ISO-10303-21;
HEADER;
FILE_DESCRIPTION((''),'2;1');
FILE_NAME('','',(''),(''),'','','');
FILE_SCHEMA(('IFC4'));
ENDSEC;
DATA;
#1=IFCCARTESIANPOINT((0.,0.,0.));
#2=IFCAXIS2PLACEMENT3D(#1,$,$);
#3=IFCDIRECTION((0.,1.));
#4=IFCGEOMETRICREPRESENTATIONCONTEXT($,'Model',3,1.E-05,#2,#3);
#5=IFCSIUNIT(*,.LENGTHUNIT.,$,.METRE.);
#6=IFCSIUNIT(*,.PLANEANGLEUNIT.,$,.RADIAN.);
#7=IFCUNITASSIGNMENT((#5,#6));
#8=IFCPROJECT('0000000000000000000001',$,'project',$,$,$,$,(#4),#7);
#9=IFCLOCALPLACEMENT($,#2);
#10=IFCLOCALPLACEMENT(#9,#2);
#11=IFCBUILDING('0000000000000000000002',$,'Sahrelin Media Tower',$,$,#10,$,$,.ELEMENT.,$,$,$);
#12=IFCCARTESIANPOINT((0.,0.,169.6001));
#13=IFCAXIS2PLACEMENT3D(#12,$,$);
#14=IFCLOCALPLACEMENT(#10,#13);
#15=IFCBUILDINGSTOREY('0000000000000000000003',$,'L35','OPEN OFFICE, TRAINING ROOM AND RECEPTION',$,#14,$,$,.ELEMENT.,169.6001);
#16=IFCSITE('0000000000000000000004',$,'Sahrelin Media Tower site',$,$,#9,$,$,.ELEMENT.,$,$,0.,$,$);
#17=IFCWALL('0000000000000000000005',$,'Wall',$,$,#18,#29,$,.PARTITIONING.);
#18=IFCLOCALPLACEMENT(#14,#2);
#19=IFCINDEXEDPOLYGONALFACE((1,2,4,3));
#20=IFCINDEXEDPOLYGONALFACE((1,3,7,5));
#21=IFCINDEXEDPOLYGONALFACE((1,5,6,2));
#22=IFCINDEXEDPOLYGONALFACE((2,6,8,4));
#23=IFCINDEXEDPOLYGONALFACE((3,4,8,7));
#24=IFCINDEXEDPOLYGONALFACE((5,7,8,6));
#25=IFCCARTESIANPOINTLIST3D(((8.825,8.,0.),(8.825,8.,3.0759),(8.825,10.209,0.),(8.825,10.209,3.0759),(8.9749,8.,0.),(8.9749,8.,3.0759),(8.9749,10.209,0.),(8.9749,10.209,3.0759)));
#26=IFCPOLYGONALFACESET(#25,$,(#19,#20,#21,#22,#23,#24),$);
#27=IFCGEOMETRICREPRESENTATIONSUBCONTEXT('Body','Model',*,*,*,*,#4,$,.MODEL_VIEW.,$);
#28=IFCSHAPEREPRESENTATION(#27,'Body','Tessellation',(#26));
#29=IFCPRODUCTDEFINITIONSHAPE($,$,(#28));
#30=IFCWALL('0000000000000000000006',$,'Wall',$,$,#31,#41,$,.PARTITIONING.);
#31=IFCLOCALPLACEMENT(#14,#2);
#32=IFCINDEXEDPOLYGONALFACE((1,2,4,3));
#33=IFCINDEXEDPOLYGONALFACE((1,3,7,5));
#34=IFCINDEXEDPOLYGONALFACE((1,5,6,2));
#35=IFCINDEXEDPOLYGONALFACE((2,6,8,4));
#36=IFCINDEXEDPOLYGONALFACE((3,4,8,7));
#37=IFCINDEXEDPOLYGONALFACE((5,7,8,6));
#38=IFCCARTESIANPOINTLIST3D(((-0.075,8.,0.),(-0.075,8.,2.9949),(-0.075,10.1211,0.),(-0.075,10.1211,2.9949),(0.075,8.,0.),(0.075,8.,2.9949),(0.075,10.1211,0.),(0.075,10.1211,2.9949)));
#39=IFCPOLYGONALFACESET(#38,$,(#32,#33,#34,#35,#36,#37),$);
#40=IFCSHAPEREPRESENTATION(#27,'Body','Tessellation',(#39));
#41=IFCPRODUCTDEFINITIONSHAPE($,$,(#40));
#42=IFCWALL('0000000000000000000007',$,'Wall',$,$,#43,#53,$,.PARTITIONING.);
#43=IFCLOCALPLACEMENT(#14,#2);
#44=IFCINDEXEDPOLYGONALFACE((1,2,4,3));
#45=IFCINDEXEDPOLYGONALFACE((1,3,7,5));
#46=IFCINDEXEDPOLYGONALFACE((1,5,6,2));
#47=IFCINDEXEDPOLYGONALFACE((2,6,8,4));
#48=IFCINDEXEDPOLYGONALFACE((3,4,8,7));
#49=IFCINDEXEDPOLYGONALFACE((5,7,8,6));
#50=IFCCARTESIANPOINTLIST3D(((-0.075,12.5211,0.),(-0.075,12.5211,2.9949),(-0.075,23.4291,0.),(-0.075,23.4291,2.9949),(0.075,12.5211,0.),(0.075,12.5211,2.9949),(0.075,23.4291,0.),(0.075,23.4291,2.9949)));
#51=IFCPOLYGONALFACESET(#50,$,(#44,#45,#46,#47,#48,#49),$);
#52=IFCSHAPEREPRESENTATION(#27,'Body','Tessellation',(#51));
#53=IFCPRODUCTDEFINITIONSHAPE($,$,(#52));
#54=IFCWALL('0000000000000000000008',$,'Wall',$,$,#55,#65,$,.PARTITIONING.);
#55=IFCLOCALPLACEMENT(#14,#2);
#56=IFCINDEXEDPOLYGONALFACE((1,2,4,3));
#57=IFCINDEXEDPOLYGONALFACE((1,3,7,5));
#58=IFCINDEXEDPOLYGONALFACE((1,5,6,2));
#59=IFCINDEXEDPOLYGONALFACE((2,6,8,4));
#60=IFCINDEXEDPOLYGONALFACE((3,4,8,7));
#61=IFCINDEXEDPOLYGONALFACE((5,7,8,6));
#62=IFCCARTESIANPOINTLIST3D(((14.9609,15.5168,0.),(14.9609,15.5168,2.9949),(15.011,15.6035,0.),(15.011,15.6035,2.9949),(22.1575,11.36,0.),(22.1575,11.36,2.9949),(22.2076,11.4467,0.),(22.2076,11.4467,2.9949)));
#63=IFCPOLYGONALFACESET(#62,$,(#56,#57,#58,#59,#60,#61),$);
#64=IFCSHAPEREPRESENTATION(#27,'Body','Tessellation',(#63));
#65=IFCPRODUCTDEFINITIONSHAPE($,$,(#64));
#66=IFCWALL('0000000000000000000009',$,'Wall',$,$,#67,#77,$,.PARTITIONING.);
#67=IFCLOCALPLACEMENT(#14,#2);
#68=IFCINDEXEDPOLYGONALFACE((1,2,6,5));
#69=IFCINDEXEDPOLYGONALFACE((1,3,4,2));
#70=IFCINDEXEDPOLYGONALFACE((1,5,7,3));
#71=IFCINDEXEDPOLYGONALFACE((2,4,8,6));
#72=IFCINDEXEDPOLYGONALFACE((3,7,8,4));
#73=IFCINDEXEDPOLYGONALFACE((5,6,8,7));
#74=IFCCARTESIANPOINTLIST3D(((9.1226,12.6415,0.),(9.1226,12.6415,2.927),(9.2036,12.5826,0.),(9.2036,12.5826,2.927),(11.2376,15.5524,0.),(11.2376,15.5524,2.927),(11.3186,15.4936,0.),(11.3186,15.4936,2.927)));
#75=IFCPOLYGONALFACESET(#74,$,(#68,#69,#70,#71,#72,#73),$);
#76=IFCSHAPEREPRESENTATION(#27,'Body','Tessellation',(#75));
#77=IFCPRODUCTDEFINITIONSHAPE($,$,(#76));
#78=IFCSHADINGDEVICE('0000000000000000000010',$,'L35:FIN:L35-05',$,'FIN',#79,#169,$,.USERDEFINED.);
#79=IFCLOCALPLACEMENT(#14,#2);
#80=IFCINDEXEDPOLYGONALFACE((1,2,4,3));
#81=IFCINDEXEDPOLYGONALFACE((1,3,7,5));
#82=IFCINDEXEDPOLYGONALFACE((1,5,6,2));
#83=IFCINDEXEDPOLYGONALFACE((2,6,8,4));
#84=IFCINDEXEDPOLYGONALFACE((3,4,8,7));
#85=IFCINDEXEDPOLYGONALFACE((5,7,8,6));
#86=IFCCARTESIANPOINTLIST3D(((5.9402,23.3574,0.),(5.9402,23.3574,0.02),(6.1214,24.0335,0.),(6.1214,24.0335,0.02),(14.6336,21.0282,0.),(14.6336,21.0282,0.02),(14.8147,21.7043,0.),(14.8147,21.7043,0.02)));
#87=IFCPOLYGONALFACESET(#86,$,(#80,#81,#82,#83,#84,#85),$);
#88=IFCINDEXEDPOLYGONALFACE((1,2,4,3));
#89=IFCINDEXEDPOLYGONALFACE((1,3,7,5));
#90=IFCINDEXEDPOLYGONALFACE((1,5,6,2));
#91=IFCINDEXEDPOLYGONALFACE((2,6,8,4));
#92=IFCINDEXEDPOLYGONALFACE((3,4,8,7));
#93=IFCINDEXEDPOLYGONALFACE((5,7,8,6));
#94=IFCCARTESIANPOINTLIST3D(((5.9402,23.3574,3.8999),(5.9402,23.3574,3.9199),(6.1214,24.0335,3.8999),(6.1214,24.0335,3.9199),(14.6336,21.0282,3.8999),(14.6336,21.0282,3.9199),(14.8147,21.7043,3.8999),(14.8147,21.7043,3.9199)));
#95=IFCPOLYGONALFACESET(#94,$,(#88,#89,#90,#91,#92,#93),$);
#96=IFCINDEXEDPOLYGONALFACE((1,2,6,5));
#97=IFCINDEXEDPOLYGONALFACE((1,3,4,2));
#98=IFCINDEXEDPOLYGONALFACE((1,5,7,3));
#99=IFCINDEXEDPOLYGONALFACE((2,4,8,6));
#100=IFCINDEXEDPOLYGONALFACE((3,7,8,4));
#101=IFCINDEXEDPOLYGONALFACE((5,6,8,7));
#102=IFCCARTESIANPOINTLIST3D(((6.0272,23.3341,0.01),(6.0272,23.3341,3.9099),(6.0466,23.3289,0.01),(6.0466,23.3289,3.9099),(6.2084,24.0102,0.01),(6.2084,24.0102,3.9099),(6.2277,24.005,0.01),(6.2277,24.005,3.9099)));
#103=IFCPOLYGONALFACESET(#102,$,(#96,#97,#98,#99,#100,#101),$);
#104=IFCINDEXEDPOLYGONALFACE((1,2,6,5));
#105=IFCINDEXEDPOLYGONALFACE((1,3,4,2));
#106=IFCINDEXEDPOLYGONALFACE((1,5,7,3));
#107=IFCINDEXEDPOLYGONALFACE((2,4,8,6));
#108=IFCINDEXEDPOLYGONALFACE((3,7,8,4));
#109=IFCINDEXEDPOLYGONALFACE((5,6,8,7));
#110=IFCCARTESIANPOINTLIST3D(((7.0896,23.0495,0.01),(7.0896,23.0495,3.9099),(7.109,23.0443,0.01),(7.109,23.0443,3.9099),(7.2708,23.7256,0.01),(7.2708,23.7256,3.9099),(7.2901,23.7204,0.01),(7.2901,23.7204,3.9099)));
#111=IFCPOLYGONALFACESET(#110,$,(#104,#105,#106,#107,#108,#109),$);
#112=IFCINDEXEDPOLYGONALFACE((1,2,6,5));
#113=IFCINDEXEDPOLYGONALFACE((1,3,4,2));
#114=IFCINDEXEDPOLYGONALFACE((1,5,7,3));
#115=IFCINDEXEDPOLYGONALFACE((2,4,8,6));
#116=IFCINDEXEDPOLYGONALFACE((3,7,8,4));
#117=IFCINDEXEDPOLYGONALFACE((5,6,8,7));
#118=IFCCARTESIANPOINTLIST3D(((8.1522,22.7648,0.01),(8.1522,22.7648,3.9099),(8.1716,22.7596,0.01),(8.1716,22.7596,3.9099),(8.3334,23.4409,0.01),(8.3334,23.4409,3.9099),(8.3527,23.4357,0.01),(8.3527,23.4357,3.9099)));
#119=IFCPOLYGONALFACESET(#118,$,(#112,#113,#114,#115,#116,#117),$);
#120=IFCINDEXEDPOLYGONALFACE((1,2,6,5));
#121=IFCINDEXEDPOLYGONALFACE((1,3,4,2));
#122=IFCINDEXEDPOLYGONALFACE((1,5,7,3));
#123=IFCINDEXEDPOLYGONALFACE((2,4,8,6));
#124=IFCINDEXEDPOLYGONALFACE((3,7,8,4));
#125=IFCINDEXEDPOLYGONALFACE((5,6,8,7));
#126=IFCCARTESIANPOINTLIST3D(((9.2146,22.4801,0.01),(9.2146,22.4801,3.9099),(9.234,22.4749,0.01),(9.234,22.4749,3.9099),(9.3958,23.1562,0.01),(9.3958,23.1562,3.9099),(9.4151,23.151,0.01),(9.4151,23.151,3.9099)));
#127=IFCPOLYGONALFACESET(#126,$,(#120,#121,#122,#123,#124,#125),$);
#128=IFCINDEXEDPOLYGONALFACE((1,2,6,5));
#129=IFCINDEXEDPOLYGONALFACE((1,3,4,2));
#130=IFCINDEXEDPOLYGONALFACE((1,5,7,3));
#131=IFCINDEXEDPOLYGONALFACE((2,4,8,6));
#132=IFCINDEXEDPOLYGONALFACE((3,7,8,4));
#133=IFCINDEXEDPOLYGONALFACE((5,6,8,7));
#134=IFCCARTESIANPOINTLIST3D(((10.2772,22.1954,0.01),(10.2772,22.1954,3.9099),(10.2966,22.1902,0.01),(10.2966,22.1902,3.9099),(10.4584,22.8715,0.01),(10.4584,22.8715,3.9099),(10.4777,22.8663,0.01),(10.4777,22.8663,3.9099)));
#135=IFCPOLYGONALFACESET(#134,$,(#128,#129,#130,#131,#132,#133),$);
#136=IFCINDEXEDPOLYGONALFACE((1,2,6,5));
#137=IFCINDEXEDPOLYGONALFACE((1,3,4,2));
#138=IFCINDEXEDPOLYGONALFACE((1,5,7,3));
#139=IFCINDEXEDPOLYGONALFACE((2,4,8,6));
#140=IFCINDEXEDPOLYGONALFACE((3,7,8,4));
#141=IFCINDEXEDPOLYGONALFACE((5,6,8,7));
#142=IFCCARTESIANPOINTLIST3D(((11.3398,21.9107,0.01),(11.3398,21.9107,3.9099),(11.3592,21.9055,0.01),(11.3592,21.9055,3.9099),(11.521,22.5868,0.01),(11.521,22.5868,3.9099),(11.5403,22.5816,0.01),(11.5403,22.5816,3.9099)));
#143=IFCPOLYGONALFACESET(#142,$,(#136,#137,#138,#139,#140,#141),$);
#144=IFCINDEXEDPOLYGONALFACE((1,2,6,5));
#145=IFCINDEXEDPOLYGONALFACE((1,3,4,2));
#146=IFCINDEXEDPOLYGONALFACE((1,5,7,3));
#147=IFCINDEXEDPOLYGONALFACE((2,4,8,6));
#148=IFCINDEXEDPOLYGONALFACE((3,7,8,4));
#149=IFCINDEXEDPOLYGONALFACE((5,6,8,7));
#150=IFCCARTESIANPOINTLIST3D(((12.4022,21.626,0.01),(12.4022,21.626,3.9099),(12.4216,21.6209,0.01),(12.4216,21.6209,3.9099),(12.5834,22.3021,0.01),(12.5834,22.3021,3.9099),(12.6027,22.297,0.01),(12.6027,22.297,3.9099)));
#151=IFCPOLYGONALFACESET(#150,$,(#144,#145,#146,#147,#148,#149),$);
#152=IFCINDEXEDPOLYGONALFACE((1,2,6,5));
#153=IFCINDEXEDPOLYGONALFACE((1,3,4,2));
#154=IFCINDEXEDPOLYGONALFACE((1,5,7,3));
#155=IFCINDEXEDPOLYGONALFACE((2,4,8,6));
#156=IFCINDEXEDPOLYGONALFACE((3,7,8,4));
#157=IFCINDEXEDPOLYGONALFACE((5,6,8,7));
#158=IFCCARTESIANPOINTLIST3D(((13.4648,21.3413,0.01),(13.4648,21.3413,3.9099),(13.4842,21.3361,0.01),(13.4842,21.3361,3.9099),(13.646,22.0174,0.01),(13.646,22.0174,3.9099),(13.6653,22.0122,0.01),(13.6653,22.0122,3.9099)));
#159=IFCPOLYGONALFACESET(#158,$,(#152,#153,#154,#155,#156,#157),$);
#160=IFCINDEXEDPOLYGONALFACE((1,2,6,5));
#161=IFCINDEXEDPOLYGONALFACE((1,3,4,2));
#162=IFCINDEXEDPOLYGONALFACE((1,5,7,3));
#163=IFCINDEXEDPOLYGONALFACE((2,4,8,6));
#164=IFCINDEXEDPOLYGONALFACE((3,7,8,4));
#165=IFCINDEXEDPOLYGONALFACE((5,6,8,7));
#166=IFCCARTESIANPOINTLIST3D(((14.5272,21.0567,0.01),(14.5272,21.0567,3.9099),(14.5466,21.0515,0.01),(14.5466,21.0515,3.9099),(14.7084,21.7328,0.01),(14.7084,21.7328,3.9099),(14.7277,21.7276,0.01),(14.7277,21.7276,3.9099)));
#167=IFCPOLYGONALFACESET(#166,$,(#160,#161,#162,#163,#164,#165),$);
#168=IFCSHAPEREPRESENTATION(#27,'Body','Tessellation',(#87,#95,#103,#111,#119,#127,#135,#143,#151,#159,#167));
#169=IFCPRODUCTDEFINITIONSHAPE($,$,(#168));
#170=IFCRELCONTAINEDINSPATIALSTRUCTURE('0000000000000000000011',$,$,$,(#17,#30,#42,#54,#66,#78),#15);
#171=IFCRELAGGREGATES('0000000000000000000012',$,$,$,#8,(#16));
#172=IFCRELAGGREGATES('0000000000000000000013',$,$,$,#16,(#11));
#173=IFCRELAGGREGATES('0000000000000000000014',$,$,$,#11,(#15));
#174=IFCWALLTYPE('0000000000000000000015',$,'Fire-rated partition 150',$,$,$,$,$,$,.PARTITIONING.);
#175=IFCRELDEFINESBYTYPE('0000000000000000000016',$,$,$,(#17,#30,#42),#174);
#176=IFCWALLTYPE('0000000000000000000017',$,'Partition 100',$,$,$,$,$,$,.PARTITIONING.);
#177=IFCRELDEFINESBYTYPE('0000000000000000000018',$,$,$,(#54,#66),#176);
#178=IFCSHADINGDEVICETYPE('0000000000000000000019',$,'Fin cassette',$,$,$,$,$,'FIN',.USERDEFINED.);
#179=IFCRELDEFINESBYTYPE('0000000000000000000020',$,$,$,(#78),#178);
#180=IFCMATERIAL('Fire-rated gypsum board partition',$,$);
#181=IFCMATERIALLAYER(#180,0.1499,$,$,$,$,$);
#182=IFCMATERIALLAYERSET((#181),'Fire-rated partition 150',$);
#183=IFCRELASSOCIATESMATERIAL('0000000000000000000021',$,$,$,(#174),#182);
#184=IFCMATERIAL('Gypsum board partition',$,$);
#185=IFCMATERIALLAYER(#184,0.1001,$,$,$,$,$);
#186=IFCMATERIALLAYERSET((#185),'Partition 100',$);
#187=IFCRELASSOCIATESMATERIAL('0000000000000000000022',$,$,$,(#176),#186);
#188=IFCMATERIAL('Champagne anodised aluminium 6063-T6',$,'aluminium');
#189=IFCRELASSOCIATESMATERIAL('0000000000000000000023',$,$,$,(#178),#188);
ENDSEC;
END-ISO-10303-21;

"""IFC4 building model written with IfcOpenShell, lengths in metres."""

from ifc_helpers import new_model, si_unit, direction, frame, frame_2d, origin, origin_2d, place, context, subcontext, project, spatial, rectangle, extrude, material, layer, layer_set, type_object, element, save


model = new_model("IFC4")

# Units and contexts
model_context = context("Model", 3, precision=1e-05, world=origin(), true_north=direction((0.0, 1.0)))
body_context = subcontext(model_context, "Body", "Model", "MODEL_VIEW")
ifc_project = project(units=[si_unit("LENGTHUNIT", "METRE"), si_unit("PLANEANGLEUNIT", "RADIAN")], contexts=[model_context])

# Site, building, storey
site_placement = place(None, origin())
site = spatial("IfcSite", under=ifc_project, at=site_placement, Name="Sahrelin Media Tower site", CompositionType="ELEMENT", RefElevation=0.0)
building_placement = place(site_placement, origin())
building = spatial("IfcBuilding", under=site, at=building_placement, Name="Sahrelin Media Tower", CompositionType="ELEMENT")
storey_placement = place(building_placement, frame((0.0, 0.0, 169.6001)))
storey = spatial("IfcBuildingStorey", under=building, at=storey_placement, Name="L35", Description="OPEN OFFICE, TRAINING ROOM AND RECEPTION", CompositionType="ELEMENT", Elevation=169.6001)

# Shared definitions
ifc_material_1 = material(Name="Champagne anodised aluminium 6063-T6", Category="aluminium")

# Walls
ifc_material_2 = material(Name="Fire-rated gypsum board partition")
ifc_layer_1 = layer(ifc_material_2, 0.1499)
ifc_layer_set_1 = layer_set([ifc_layer_1], Name="Fire-rated partition 150")
wall_type_1 = type_object("IfcWallType", Name="Fire-rated partition 150", PredefinedType="PARTITIONING", material=ifc_layer_set_1)
wall_1_placement = place(storey_placement, frame((8.8999, 8.0, 0.0), z_axis=(0.0, 0.0, 1.0), x_axis=(0.0, 1.0, 0.0)))
element("IfcWall", 1, at=wall_1_placement, inside=storey, type_object=wall_type_1, Name="Wall", PredefinedType="PARTITIONING", context=body_context, shape_type="SweptSolid", body=[
    extrude(rectangle(XDim=2.209, YDim=0.1499, at=frame_2d((1.1045, 0.0))), origin(), (0.0, 0.0, 1.0), 3.0759),
])
wall_2_placement = place(storey_placement, frame((0.0, 8.0, 0.0), z_axis=(0.0, 0.0, 1.0), x_axis=(0.0, 1.0, 0.0)))
element("IfcWall", 2, at=wall_2_placement, inside=storey, type_object=wall_type_1, Name="Wall", PredefinedType="PARTITIONING", context=body_context, shape_type="SweptSolid", body=[
    extrude(rectangle(XDim=2.1211, YDim=0.1499, at=frame_2d((1.0605, 0.0))), origin(), (0.0, 0.0, 1.0), 2.9949),
])
wall_3_placement = place(storey_placement, frame((0.0, 12.521, 0.0), z_axis=(0.0, 0.0, 1.0), x_axis=(0.0, 1.0, 0.0)))
element("IfcWall", 3, at=wall_3_placement, inside=storey, type_object=wall_type_1, Name="Wall", PredefinedType="PARTITIONING", context=body_context, shape_type="SweptSolid", body=[
    extrude(rectangle(XDim=10.908, YDim=0.1499, at=frame_2d((5.4541, 0.0))), origin(), (0.0, 0.0, 1.0), 2.9949),
])
ifc_material_3 = material(Name="Gypsum board partition")
ifc_layer_2 = layer(ifc_material_3, 0.1001)
ifc_layer_set_2 = layer_set([ifc_layer_2], Name="Partition 100")
wall_type_2 = type_object("IfcWallType", Name="Partition 100", PredefinedType="PARTITIONING", material=ifc_layer_set_2)
wall_4_placement = place(storey_placement, frame((14.9861, 15.5601, 0.0), z_axis=(0.0, 0.0, 1.0), x_axis=(0.865931, -0.500164, 0.0)))
element("IfcWall", 4, at=wall_4_placement, inside=storey, type_object=wall_type_2, Name="Wall", PredefinedType="PARTITIONING", context=body_context, shape_type="SweptSolid", body=[
    extrude(rectangle(XDim=8.3108, YDim=0.1001, at=frame_2d((4.1553, 0.0))), origin(), (0.0, 0.0, 1.0), 2.9949),
])
wall_5_placement = place(storey_placement, frame((9.1631, 12.6121, 0.0), z_axis=(0.0, 0.0, 1.0), x_axis=(0.587805, 0.809003, 0.0)))
element("IfcWall", 5, at=wall_5_placement, inside=storey, type_object=wall_type_2, Name="Wall", PredefinedType="PARTITIONING", context=body_context, shape_type="SweptSolid", body=[
    extrude(rectangle(XDim=3.5981, YDim=0.1001, at=frame_2d((1.7991, 0.0))), origin(), (0.0, 0.0, 1.0), 2.927),
])

# Shading device
shading_device_type_1 = type_object("IfcShadingDeviceType", Name="Fin cassette", ElementType="FIN", PredefinedType="USERDEFINED", material=ifc_material_1)
placement = place(storey_placement, frame((10.2688, 22.1252, 0.0), z_axis=(0.0, 0.0, 1.0), x_axis=(0.965929, -0.258808, 0.0)))
element("IfcShadingDevice", 6, at=placement, inside=storey, type_object=shading_device_type_1, Name="L35:FIN:L35-05", ObjectType="FIN", PredefinedType="USERDEFINED", context=body_context, shape_type="SweptSolid", body=[
    extrude(rectangle(XDim=9.0, YDim=0.7, at=origin_2d()), frame((0.0, 0.4199, 0.0)), (0.0, 0.0, 1.0), 0.02),
    extrude(rectangle(XDim=9.0, YDim=0.7, at=origin_2d()), frame((0.0, 0.4199, 3.8999)), (0.0, 0.0, 1.0), 0.02),
    extrude(rectangle(XDim=0.02, YDim=0.7, at=origin_2d()), frame((-4.3999, 0.4199, 0.01), z_axis=(0.0, 0.0, 1.0), x_axis=(1.0, 0.0, 0.0)), (0.0, 0.0, 1.0), 3.8999),
    extrude(rectangle(XDim=0.02, YDim=0.7, at=origin_2d()), frame((-3.3, 0.4199, 0.01), z_axis=(0.0, 0.0, 1.0), x_axis=(1.0, 0.0, 0.0)), (0.0, 0.0, 1.0), 3.8999),
    extrude(rectangle(XDim=0.02, YDim=0.7, at=origin_2d()), frame((-2.2, 0.4199, 0.01), z_axis=(0.0, 0.0, 1.0), x_axis=(1.0, 0.0, 0.0)), (0.0, 0.0, 1.0), 3.8999),
    extrude(rectangle(XDim=0.02, YDim=0.7, at=origin_2d()), frame((-1.1001, 0.4199, 0.01), z_axis=(0.0, 0.0, 1.0), x_axis=(1.0, 0.0, 0.0)), (0.0, 0.0, 1.0), 3.8999),
    extrude(rectangle(XDim=0.02, YDim=0.7, at=origin_2d()), frame((0.0, 0.4199, 0.01), z_axis=(0.0, 0.0, 1.0), x_axis=(1.0, 0.0, 0.0)), (0.0, 0.0, 1.0), 3.8999),
    extrude(rectangle(XDim=0.02, YDim=0.7, at=origin_2d()), frame((1.1001, 0.4199, 0.01), z_axis=(0.0, 0.0, 1.0), x_axis=(1.0, 0.0, 0.0)), (0.0, 0.0, 1.0), 3.8999),
    extrude(rectangle(XDim=0.02, YDim=0.7, at=origin_2d()), frame((2.2, 0.4199, 0.01), z_axis=(0.0, 0.0, 1.0), x_axis=(1.0, 0.0, 0.0)), (0.0, 0.0, 1.0), 3.8999),
    extrude(rectangle(XDim=0.02, YDim=0.7, at=origin_2d()), frame((3.3, 0.4199, 0.01), z_axis=(0.0, 0.0, 1.0), x_axis=(1.0, 0.0, 0.0)), (0.0, 0.0, 1.0), 3.8999),
    extrude(rectangle(XDim=0.02, YDim=0.7, at=origin_2d()), frame((4.3999, 0.4199, 0.01), z_axis=(0.0, 0.0, 1.0), x_axis=(1.0, 0.0, 0.0)), (0.0, 0.0, 1.0), 3.8999),
])

save(model, "model.ifc")
